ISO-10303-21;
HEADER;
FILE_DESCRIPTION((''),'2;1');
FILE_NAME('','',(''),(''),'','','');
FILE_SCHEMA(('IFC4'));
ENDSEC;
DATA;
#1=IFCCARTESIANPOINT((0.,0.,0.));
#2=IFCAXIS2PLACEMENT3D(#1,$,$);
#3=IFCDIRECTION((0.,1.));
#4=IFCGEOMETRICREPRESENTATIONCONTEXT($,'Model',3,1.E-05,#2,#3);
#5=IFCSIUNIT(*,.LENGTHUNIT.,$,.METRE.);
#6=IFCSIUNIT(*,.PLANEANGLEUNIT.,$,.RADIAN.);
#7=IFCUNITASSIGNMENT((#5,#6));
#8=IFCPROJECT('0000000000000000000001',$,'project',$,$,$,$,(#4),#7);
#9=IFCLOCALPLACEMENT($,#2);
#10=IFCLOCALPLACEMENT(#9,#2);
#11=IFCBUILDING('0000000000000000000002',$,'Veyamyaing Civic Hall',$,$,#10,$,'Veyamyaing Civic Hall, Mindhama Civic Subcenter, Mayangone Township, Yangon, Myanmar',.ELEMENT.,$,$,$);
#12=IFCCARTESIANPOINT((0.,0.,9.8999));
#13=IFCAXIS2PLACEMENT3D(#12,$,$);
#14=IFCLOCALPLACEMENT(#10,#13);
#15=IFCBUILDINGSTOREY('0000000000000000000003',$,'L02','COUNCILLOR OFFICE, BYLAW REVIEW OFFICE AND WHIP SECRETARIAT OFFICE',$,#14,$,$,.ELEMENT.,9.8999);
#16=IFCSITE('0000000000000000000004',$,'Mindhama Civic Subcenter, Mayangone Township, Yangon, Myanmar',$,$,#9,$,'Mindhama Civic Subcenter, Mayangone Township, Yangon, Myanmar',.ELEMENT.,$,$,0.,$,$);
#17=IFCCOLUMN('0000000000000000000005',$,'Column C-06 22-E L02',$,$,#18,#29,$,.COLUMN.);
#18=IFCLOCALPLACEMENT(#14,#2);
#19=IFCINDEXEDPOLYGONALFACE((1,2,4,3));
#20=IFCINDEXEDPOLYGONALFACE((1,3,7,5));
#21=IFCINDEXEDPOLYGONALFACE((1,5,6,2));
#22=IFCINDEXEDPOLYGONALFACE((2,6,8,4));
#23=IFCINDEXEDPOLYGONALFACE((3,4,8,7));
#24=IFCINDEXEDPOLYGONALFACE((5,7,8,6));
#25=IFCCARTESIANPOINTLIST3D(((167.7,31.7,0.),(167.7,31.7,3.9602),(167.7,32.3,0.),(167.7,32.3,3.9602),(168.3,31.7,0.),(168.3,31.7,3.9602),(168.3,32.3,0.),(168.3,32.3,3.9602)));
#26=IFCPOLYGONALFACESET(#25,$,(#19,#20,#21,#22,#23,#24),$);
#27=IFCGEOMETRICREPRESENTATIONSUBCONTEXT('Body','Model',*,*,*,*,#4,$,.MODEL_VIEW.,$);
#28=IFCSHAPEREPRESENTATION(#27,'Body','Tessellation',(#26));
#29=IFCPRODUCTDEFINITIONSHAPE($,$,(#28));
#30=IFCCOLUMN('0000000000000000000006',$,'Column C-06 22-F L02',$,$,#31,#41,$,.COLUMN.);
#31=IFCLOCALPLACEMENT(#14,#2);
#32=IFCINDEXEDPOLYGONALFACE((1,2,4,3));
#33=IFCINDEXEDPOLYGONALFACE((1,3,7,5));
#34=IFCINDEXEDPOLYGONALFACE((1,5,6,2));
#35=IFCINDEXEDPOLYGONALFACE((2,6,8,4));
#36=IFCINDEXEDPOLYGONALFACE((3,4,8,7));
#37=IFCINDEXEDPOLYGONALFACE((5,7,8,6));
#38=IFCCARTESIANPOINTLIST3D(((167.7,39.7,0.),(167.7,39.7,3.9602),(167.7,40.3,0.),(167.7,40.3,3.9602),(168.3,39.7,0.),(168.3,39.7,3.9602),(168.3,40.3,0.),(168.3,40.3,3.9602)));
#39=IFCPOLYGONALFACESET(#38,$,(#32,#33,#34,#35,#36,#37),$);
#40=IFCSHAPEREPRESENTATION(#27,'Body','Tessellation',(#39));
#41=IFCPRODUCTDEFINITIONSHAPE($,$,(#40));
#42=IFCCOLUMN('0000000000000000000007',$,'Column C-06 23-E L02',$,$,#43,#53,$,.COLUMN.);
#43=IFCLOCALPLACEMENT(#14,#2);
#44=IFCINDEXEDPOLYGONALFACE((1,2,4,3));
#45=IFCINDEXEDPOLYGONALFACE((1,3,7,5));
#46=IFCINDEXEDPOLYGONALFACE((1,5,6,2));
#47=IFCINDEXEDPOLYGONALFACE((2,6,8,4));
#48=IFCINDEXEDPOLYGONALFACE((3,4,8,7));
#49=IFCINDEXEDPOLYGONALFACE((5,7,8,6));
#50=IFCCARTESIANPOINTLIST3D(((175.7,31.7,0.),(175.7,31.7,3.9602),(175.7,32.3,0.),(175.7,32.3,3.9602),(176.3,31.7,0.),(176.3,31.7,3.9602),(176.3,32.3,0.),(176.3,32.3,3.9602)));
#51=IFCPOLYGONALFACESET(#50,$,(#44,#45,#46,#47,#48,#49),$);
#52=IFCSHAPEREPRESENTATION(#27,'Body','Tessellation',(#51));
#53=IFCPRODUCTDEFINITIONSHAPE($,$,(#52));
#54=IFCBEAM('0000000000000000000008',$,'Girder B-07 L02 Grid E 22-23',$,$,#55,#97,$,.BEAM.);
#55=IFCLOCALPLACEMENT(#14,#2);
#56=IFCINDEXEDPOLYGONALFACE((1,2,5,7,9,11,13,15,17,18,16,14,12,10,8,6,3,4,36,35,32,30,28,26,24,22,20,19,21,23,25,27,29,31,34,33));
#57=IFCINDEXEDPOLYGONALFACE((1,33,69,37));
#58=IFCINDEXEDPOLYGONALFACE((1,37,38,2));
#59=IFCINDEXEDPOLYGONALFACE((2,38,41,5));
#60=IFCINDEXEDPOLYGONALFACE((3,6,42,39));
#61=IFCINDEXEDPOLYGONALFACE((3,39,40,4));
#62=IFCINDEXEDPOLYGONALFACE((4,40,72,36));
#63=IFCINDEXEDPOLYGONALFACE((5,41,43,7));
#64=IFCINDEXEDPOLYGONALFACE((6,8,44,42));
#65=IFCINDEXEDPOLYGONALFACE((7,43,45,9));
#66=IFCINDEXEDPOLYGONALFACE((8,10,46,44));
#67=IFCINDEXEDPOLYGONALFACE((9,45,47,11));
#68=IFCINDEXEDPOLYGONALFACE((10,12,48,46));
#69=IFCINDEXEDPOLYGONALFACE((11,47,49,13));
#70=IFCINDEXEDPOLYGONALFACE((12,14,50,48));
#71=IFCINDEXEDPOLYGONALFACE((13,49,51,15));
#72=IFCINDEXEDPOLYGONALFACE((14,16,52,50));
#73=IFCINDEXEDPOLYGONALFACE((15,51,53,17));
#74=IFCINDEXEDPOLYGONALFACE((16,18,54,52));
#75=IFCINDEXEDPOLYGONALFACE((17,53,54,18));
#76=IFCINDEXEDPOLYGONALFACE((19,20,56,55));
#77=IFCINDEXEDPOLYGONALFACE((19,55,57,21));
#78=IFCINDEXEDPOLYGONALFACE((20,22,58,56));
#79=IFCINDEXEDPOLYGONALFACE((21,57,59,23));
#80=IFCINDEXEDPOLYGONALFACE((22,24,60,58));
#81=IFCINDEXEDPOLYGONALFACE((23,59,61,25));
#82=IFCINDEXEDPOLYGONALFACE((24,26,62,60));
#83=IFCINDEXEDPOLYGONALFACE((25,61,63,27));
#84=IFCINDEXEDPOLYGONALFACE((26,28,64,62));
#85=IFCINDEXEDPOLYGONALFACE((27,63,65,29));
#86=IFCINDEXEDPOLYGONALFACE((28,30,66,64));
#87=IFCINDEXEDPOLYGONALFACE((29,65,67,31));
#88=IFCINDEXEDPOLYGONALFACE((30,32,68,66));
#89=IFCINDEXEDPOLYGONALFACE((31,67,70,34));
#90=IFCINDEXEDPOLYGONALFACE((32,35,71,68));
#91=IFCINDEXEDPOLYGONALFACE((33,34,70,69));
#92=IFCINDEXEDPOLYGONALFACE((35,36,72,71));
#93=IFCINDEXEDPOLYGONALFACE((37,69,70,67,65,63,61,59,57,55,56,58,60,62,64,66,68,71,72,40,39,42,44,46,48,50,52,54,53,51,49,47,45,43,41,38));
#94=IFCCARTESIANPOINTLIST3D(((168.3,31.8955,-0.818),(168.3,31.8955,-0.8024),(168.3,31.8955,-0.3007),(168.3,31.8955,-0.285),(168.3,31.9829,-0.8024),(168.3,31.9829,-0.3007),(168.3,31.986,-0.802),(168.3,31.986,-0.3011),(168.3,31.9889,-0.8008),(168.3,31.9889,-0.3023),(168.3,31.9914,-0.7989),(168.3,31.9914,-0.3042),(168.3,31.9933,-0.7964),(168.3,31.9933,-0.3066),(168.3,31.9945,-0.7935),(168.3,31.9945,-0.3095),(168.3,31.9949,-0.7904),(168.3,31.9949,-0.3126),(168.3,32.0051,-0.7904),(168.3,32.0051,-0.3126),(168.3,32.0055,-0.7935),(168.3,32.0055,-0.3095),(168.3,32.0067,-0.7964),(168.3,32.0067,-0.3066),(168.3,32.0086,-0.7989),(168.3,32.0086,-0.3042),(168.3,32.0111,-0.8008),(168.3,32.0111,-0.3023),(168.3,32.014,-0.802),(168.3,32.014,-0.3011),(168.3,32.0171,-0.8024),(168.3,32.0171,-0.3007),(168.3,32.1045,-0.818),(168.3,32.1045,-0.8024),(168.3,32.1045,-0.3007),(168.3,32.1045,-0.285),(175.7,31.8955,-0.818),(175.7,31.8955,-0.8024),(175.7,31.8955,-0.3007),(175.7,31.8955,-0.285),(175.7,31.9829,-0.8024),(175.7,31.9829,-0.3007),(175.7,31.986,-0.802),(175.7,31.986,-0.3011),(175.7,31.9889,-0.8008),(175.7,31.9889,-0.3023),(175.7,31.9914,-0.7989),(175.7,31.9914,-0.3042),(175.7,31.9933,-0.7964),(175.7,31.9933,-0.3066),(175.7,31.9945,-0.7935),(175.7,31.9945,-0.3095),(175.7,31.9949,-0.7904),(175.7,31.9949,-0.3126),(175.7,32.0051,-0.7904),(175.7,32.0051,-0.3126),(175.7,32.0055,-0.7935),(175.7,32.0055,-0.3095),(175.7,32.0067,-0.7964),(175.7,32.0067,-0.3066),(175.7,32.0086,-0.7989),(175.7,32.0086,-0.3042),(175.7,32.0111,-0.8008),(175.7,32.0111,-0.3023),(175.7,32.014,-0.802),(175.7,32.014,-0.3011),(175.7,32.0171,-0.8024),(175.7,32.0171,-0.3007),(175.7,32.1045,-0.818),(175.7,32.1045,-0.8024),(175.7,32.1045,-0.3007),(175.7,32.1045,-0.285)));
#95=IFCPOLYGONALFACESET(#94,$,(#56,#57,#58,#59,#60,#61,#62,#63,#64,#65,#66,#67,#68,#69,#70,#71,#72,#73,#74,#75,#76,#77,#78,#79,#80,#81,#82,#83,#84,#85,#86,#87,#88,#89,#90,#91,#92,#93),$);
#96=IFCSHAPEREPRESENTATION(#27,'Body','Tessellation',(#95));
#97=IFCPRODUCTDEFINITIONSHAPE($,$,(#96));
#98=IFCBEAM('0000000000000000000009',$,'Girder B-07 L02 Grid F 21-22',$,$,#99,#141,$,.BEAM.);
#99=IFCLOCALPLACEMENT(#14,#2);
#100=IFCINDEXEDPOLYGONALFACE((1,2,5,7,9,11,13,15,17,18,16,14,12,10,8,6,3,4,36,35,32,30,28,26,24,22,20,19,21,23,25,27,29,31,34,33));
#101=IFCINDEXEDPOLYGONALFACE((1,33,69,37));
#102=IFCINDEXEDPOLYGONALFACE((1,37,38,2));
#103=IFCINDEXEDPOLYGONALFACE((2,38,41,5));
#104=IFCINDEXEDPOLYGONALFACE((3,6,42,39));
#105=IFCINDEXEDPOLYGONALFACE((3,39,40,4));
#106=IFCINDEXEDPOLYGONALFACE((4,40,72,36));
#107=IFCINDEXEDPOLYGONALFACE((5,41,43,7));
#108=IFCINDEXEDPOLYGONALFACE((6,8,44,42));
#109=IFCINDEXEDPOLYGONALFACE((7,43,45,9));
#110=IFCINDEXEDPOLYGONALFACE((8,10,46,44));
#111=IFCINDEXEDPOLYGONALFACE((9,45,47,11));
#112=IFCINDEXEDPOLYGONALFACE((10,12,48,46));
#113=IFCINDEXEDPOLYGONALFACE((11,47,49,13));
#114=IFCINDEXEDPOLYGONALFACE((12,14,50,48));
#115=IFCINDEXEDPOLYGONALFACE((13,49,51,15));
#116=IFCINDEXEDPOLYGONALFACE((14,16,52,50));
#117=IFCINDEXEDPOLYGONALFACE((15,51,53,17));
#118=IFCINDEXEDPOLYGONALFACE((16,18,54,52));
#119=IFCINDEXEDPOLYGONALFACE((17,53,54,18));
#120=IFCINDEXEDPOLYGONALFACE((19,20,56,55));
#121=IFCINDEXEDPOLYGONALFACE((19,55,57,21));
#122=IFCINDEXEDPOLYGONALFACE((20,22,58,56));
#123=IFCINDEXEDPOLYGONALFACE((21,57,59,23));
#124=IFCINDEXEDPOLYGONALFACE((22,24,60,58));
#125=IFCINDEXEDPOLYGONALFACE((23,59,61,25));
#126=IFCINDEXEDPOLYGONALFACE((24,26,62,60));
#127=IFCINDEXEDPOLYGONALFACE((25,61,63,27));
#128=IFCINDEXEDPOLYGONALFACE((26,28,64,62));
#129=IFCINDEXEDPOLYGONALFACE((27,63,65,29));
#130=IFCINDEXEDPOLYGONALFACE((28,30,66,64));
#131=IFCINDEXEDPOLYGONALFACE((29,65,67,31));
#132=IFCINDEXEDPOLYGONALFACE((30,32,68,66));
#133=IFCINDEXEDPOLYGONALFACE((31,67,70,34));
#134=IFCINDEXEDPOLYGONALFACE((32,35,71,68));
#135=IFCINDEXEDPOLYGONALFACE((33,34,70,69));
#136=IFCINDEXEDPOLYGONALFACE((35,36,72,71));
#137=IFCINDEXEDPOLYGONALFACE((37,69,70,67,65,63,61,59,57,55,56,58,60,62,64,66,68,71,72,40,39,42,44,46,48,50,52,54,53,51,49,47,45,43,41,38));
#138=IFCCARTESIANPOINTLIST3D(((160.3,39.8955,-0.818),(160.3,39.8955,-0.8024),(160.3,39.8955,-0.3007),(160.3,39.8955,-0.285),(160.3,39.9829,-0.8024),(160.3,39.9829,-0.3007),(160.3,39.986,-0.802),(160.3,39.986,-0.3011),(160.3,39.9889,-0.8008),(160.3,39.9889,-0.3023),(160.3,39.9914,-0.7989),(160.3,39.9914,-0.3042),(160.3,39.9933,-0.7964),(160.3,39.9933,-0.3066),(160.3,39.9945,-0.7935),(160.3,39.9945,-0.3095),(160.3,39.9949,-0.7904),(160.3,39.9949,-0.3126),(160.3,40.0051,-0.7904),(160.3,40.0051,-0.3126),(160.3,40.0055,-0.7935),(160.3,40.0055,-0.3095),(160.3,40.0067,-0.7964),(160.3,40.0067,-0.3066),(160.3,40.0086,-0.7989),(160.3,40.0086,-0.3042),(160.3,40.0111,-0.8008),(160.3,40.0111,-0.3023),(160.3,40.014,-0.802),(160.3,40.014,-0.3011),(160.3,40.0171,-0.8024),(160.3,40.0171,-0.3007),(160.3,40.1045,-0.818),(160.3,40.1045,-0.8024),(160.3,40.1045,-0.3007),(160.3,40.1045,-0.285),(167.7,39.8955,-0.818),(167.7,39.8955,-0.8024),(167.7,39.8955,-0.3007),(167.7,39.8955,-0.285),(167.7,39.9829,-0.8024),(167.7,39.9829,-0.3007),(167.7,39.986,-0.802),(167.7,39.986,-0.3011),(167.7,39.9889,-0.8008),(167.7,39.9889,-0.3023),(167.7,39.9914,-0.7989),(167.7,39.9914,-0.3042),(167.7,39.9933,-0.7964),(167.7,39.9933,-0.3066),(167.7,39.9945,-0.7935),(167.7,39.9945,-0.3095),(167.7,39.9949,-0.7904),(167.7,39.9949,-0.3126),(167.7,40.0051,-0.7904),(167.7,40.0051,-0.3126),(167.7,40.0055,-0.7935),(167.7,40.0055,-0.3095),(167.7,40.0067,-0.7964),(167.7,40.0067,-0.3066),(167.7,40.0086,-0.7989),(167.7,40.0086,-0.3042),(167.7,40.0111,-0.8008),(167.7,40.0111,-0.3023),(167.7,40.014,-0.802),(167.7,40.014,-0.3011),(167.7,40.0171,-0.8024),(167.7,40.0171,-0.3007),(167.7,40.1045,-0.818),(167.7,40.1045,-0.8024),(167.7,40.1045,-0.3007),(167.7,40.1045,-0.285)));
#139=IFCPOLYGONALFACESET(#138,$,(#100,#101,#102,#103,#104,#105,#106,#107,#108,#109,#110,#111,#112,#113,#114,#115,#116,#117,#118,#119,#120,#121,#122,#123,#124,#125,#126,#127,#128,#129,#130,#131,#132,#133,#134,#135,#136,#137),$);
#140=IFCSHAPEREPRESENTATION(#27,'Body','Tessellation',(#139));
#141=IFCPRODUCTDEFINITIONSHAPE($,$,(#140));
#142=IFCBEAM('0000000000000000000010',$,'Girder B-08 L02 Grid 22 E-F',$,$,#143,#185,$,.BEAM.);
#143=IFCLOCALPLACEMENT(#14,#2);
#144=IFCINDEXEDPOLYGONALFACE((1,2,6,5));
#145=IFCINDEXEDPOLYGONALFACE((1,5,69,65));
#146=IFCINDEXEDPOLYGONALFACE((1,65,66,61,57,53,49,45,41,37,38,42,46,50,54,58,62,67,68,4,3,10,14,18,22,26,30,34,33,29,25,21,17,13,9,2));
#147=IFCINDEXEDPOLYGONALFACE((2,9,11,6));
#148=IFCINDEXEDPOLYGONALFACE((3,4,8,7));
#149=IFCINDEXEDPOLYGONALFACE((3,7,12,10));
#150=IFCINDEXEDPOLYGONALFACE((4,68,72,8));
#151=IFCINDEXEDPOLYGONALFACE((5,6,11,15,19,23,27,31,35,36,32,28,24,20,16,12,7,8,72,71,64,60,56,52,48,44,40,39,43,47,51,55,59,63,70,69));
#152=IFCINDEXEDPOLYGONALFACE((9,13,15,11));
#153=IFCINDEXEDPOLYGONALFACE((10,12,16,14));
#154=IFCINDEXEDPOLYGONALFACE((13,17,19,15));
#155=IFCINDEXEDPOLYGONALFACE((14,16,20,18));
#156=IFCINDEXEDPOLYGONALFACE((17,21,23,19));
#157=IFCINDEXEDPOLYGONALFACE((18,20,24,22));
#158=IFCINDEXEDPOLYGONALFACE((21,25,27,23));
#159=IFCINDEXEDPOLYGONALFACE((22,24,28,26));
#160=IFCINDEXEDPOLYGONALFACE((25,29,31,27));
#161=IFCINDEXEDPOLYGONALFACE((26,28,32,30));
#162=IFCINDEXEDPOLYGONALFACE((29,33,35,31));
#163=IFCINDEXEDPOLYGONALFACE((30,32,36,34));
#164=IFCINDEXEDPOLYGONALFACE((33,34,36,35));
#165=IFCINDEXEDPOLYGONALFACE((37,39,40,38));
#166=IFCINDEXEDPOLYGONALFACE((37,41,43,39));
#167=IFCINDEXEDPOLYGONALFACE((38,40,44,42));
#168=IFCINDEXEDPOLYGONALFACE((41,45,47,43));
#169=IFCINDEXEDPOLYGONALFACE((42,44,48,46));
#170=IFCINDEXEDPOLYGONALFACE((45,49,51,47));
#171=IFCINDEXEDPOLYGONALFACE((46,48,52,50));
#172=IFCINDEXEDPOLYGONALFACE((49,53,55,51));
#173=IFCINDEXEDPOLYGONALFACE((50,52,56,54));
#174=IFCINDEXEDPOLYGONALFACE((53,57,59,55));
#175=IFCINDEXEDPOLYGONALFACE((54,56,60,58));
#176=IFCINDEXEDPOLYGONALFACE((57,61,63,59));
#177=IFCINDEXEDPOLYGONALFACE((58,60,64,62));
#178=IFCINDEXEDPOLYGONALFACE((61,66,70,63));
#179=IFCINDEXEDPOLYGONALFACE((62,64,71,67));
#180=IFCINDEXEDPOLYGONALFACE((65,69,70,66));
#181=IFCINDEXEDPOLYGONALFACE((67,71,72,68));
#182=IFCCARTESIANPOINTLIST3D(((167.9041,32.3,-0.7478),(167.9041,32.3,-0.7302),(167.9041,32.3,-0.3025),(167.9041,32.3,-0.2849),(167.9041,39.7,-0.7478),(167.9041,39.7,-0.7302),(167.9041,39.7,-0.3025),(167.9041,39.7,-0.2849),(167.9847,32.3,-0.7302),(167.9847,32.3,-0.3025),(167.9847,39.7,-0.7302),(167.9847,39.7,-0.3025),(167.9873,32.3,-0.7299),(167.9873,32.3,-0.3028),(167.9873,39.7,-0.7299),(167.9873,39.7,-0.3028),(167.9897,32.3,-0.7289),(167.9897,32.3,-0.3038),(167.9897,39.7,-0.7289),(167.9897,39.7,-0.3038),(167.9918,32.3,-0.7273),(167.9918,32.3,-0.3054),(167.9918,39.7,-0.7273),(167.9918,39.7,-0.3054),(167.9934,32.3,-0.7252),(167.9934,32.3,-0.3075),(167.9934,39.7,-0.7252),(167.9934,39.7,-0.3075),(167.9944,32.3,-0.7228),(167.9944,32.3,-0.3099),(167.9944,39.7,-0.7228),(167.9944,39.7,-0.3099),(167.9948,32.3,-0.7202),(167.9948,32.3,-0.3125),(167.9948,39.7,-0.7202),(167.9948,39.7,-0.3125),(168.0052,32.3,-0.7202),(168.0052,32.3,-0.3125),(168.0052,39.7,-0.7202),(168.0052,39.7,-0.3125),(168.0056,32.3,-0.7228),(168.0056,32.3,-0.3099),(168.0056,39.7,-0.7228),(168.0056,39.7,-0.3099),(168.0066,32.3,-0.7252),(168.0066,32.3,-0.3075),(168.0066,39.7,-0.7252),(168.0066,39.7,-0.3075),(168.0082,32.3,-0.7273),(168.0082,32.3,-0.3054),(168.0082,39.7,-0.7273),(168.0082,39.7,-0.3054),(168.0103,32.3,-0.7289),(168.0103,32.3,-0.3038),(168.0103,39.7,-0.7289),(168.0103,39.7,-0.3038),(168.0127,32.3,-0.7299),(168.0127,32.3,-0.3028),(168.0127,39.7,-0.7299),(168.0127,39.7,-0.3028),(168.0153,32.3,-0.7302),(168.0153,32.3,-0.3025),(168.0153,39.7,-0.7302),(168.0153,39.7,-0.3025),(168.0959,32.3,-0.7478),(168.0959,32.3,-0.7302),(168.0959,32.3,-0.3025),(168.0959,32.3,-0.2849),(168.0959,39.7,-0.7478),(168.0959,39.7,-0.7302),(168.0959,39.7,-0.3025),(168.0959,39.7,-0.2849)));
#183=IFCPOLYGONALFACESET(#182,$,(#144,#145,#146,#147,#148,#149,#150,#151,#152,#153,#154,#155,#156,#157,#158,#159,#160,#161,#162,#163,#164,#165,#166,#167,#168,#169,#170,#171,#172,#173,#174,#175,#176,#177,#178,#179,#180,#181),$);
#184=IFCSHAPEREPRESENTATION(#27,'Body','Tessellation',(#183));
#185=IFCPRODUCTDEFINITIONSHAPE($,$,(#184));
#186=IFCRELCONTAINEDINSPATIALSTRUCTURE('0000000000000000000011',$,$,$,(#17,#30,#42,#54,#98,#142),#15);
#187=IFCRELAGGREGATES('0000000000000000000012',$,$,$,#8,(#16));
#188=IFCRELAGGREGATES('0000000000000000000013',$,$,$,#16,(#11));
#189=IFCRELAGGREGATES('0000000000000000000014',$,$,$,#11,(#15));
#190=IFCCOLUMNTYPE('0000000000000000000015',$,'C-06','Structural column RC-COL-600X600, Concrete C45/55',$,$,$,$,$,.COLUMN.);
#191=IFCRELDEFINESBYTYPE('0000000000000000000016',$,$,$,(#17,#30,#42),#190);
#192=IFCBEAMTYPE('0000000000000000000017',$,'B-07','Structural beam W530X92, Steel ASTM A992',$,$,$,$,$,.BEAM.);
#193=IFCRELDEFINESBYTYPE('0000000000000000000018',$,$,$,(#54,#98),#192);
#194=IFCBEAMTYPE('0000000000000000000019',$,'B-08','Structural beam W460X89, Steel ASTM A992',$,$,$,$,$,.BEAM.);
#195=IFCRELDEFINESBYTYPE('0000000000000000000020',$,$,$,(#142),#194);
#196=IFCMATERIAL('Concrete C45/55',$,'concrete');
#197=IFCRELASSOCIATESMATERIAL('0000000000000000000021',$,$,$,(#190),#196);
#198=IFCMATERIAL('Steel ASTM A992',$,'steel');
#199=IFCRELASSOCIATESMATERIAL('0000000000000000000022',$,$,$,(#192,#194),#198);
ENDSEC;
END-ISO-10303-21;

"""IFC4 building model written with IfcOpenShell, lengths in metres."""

from ifc_helpers import new_model, si_unit, direction, frame, origin, origin_2d, place, context, subcontext, project, spatial, rectangle, i_section, extrude, material, material_profile, profile_set, type_object, element, save


model = new_model("IFC4")

# Units and contexts
model_context = context("Model", 3, precision=1e-05, world=origin(), true_north=direction((0.0, 1.0)))
body_context = subcontext(model_context, "Body", "Model", "MODEL_VIEW")
ifc_project = project(units=[si_unit("LENGTHUNIT", "METRE"), si_unit("PLANEANGLEUNIT", "RADIAN")], contexts=[model_context])

# Site, building, storey
site_placement = place(None, origin())
site = spatial("IfcSite", under=ifc_project, at=site_placement, Name="Mindhama Civic Subcenter, Mayangone Township, Yangon, Myanmar", LongName="Mindhama Civic Subcenter, Mayangone Township, Yangon, Myanmar", CompositionType="ELEMENT", RefElevation=0.0)
building_placement = place(site_placement, origin())
building = spatial("IfcBuilding", under=site, at=building_placement, Name="Veyamyaing Civic Hall", LongName="Veyamyaing Civic Hall, Mindhama Civic Subcenter, Mayangone Township, Yangon, Myanmar", CompositionType="ELEMENT")
storey_placement = place(building_placement, frame((0.0, 0.0, 9.8999)))
storey = spatial("IfcBuildingStorey", under=building, at=storey_placement, Name="L02", Description="COUNCILLOR OFFICE, BYLAW REVIEW OFFICE AND WHIP SECRETARIAT OFFICE", CompositionType="ELEMENT", Elevation=9.8999)

# Columns
ifc_material_1 = material(Name="Concrete C45/55", Category="concrete")
ifc_material_profile_1 = material_profile(ifc_material_1, rectangle(XDim=0.6001, YDim=0.6001, at=origin_2d()), Name="RC-COL-600X600")
ifc_profile_set_1 = profile_set([ifc_material_profile_1], Name="Concrete C45/55")
column_type = type_object("IfcColumnType", Name="C-06", Description="Structural column RC-COL-600X600, Concrete C45/55", PredefinedType="COLUMN", material=ifc_profile_set_1)
for number, where, z_axis, x_axis, name in (
    (1, (168.0, 32.0, 0.0), (0.0, 0.0, 1.0), (1.0, 0.0, 0.0), "Column C-06 22-E L02"),
    (2, (168.0, 40.0, 0.0), (0.0, 0.0, 1.0), (1.0, 0.0, 0.0), "Column C-06 22-F L02"),
    (3, (176.0, 32.0, 0.0), (0.0, 0.0, 1.0), (1.0, 0.0, 0.0), "Column C-06 23-E L02"),
):
    element("IfcColumn", number, at=place(storey_placement, frame(where, z_axis=z_axis, x_axis=x_axis)), inside=storey, type_object=column_type, Name=name, PredefinedType="COLUMN", context=body_context, shape_type="SweptSolid", body=[
        extrude(rectangle(XDim=0.6001, YDim=0.6001, at=origin_2d()), origin(), (0.0, 0.0, 1.0), 3.9602),
    ])

# Beams
ifc_material_2 = material(Name="Steel ASTM A992", Category="steel")
ifc_material_profile_2 = material_profile(ifc_material_2, i_section(OverallWidth=0.209, OverallDepth=0.533, WebThickness=0.0103, FlangeThickness=0.0156, FilletRadius=0.012, at=origin_2d()), Name="W530X92")
ifc_profile_set_2 = profile_set([ifc_material_profile_2], Name="Steel ASTM A992")
beam_type_1 = type_object("IfcBeamType", Name="B-07", Description="Structural beam W530X92, Steel ASTM A992", PredefinedType="BEAM", material=ifc_profile_set_2)
for number, where, z_axis, x_axis, name in (
    (4, (168.3, 32.0, -0.5515), (1.0, 0.0, 0.0), (0.0, 1.0, 0.0), "Girder B-07 L02 Grid E 22-23"),
    (5, (160.3, 40.0, -0.5515), (1.0, 0.0, 0.0), (0.0, 1.0, 0.0), "Girder B-07 L02 Grid F 21-22"),
):
    element("IfcBeam", number, at=place(storey_placement, frame(where, z_axis=z_axis, x_axis=x_axis)), inside=storey, type_object=beam_type_1, Name=name, PredefinedType="BEAM", context=body_context, shape_type="SweptSolid", body=[
        extrude(i_section(OverallWidth=0.209, OverallDepth=0.533, WebThickness=0.0103, FlangeThickness=0.0156, FilletRadius=0.012, at=origin_2d()), origin(), (0.0, 0.0, 1.0), 7.3999),
    ])
ifc_material_profile_3 = material_profile(ifc_material_2, i_section(OverallWidth=0.1919, OverallDepth=0.4629, WebThickness=0.0105, FlangeThickness=0.0176, FilletRadius=0.01, at=origin_2d()), Name="W460X89")
ifc_profile_set_3 = profile_set([ifc_material_profile_3], Name="Steel ASTM A992")
beam_type_2 = type_object("IfcBeamType", Name="B-08", Description="Structural beam W460X89, Steel ASTM A992", PredefinedType="BEAM", material=ifc_profile_set_3)
beam_1_placement = place(storey_placement, frame((168.0, 32.3, -0.5164), z_axis=(0.0, 1.0, 0.0), x_axis=(-1.0, 0.0, 0.0)))
element("IfcBeam", 6, at=beam_1_placement, inside=storey, type_object=beam_type_2, Name="Girder B-08 L02 Grid 22 E-F", PredefinedType="BEAM", context=body_context, shape_type="SweptSolid", body=[
    extrude(i_section(OverallWidth=0.1919, OverallDepth=0.4629, WebThickness=0.0105, FlangeThickness=0.0176, FilletRadius=0.01, at=origin_2d()), origin(), (0.0, 0.0, 1.0), 7.3999),
])

save(model, "model.ifc")
